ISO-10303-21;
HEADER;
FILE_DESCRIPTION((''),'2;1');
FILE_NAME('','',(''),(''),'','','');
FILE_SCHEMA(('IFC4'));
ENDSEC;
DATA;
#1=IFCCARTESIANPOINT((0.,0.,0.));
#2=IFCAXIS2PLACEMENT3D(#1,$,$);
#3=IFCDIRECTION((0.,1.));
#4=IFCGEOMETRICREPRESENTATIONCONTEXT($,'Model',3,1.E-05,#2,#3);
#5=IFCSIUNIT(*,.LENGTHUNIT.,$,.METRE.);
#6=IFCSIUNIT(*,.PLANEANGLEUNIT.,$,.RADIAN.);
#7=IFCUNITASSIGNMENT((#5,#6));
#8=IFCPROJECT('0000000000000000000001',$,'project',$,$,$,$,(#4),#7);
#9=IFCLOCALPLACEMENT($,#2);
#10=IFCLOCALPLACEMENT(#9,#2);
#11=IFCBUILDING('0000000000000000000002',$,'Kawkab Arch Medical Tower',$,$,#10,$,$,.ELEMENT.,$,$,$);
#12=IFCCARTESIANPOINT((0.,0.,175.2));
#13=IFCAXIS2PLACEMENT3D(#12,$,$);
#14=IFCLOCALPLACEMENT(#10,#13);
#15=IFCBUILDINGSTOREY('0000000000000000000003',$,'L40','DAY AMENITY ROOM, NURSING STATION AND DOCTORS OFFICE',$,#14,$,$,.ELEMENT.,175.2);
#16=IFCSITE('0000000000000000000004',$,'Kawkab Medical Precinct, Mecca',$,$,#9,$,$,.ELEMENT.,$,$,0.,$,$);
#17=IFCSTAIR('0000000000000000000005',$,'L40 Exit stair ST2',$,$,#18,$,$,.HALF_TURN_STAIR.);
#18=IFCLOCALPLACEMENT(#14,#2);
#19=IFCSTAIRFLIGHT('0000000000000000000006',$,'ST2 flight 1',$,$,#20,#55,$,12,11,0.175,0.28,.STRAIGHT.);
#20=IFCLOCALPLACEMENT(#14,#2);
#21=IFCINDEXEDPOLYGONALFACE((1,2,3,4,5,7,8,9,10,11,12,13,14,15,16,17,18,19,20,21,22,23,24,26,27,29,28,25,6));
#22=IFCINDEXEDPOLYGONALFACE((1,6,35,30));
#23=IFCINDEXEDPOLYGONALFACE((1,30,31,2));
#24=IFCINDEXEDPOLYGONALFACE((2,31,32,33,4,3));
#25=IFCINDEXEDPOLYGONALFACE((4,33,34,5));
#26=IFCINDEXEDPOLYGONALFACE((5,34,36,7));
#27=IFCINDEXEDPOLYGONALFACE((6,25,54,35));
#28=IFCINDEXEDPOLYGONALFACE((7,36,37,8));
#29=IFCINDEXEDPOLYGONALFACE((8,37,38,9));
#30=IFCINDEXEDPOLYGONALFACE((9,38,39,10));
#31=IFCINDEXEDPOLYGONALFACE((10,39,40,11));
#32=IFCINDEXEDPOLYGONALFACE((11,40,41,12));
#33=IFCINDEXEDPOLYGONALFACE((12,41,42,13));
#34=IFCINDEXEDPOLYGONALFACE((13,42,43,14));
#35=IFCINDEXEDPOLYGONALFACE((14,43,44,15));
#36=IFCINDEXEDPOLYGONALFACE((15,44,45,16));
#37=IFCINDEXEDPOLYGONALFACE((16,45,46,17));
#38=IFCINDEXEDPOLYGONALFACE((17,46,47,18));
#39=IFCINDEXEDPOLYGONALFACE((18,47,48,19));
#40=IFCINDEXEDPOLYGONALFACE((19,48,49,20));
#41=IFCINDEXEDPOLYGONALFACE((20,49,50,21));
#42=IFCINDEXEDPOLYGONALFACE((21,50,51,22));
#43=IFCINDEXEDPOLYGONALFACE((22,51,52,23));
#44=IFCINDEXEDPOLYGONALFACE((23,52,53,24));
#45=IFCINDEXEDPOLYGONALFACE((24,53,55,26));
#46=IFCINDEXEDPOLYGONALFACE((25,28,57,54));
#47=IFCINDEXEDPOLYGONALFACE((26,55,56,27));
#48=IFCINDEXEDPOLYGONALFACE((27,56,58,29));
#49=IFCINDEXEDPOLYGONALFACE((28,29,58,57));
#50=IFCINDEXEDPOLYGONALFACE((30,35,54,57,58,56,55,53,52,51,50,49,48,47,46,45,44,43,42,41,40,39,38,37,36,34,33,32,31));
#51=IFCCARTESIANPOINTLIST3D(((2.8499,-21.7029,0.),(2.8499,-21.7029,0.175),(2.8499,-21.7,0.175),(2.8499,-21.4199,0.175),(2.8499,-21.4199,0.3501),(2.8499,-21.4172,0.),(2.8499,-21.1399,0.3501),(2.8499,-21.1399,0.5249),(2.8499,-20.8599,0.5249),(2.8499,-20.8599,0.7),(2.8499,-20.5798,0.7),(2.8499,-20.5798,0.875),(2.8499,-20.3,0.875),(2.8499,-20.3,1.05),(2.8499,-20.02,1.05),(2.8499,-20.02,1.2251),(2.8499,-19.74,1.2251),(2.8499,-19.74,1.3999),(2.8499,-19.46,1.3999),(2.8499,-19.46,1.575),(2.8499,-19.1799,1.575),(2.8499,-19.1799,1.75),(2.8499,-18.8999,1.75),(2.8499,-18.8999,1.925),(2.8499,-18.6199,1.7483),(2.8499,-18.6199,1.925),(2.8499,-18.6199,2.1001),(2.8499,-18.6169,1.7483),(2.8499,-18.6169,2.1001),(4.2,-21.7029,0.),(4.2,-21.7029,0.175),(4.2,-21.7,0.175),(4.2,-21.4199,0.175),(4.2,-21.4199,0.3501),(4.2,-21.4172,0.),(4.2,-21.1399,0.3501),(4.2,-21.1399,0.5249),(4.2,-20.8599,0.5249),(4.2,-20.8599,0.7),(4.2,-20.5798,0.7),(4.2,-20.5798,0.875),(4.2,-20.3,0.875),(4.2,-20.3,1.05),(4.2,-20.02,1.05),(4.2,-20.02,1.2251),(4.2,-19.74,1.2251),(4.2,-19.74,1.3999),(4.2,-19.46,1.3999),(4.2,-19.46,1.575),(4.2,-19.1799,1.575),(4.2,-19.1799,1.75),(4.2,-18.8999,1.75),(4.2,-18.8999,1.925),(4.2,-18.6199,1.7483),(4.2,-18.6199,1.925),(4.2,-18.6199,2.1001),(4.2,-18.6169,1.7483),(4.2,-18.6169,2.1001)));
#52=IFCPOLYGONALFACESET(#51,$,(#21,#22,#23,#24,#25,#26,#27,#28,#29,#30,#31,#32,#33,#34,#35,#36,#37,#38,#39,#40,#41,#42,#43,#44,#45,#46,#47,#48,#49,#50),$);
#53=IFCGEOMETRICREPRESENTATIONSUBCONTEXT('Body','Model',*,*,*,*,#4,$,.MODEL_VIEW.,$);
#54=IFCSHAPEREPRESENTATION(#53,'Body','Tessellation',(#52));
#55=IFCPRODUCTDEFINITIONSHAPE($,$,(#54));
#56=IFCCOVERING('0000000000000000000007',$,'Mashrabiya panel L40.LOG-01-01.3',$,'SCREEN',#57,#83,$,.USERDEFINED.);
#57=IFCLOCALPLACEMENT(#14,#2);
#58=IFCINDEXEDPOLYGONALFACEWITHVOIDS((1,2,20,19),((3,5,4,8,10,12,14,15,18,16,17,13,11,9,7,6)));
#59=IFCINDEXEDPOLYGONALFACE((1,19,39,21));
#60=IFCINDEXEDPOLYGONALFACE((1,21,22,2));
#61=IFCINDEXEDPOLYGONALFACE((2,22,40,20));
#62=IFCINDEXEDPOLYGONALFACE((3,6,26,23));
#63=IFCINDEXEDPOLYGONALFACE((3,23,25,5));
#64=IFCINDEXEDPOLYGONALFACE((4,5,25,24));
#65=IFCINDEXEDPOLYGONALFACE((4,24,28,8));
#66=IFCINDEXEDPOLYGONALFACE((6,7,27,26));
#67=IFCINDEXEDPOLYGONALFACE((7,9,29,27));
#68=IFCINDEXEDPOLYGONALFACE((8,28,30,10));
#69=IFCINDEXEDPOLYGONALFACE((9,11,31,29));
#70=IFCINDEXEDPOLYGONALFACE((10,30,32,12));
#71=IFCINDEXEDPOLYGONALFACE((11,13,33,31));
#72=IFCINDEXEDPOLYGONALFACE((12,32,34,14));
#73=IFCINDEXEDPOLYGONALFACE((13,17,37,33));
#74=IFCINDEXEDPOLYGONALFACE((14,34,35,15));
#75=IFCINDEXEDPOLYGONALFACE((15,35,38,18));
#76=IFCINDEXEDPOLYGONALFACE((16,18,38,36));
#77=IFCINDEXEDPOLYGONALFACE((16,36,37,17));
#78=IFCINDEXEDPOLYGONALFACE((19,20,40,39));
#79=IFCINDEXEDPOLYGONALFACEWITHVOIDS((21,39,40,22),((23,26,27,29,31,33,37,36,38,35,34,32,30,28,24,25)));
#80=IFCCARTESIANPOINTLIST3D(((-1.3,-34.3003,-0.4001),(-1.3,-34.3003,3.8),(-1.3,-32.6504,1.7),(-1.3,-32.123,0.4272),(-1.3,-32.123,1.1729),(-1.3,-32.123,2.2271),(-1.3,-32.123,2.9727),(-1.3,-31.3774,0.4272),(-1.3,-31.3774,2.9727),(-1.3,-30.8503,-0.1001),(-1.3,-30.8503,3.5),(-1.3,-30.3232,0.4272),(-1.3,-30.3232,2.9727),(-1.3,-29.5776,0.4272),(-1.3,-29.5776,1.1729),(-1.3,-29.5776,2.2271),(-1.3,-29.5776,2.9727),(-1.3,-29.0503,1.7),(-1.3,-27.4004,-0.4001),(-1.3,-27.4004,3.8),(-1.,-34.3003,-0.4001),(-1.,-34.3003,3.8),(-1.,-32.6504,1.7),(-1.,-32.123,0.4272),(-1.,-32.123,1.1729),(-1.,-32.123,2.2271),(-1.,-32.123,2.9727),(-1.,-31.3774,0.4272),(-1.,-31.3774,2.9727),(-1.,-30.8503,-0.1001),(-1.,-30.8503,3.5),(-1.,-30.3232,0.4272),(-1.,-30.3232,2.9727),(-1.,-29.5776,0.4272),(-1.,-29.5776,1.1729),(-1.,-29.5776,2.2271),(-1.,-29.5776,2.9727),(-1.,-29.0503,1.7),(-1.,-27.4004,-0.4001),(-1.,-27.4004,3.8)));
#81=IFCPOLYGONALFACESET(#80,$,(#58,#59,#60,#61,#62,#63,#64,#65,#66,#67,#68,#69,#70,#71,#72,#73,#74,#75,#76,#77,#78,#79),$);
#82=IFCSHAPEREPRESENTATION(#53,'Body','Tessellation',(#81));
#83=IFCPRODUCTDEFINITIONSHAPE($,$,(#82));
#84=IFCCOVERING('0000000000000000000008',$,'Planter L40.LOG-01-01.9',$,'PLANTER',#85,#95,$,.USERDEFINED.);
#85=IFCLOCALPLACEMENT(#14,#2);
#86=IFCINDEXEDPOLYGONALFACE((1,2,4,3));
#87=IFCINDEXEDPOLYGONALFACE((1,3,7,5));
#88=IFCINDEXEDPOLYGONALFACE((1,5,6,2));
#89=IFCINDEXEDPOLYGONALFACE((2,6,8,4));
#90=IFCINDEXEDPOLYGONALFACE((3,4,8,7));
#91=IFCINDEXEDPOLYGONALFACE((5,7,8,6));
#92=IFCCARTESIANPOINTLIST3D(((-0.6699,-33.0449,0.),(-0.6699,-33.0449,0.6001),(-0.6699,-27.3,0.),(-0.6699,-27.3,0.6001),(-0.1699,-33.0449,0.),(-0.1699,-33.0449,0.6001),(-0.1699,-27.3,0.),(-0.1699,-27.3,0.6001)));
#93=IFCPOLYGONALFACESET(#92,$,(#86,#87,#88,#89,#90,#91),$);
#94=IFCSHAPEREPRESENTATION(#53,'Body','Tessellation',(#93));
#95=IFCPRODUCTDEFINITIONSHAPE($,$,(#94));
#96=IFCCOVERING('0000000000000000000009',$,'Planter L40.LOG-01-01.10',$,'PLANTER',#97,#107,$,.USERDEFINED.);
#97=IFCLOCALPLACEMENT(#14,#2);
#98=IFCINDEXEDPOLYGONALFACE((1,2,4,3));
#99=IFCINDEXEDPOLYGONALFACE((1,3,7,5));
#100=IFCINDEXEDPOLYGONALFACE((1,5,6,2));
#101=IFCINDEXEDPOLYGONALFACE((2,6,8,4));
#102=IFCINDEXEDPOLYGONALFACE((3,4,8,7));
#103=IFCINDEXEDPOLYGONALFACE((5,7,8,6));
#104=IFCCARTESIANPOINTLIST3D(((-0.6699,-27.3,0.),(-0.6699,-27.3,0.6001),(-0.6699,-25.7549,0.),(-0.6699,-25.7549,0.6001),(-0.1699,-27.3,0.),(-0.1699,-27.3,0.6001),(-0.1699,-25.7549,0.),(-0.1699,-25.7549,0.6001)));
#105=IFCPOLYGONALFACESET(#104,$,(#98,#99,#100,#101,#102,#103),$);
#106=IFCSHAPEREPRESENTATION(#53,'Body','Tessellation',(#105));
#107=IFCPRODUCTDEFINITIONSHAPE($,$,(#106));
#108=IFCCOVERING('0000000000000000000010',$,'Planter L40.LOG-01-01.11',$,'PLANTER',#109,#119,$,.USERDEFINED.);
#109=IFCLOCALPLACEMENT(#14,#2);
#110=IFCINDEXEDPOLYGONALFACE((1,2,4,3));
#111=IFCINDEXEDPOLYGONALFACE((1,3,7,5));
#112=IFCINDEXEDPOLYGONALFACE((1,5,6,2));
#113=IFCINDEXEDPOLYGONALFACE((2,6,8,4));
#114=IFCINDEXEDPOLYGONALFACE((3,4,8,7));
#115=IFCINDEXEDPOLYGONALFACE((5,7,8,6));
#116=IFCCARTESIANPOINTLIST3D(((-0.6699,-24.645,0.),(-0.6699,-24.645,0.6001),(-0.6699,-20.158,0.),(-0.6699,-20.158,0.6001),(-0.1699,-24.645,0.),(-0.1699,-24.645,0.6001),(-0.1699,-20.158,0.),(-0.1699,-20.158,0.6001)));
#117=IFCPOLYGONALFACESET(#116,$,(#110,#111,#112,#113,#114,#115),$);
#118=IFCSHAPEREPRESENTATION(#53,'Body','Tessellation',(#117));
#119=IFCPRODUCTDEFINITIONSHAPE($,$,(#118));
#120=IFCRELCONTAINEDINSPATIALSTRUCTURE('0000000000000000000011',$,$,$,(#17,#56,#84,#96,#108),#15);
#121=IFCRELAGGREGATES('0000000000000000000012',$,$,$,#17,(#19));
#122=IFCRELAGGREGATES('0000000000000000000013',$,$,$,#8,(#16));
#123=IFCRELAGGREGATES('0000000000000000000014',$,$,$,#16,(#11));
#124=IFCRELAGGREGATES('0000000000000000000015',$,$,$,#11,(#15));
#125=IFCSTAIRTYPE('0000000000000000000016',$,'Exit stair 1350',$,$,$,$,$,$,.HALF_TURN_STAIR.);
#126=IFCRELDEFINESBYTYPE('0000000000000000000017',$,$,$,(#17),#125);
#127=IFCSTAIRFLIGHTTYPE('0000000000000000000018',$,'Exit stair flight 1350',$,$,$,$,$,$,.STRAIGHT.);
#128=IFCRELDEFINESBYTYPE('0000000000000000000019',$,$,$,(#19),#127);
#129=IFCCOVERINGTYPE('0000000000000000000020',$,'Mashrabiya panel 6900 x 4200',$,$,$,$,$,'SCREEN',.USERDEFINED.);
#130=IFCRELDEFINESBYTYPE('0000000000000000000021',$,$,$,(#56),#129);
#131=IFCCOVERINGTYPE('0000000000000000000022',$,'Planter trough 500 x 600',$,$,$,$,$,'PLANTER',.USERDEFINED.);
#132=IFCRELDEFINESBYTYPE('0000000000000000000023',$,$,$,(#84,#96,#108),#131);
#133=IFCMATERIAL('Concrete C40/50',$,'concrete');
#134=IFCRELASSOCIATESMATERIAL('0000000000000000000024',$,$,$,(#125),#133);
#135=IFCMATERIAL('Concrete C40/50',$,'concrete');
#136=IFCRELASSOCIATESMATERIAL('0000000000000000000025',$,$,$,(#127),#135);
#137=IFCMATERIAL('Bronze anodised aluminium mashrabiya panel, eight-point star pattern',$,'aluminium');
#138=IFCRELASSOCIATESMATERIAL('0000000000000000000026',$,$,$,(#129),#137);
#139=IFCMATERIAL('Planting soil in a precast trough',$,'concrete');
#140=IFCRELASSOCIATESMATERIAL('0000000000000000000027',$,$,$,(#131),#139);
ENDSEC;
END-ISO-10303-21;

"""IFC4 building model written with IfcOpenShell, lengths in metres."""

from ifc_helpers import new_model, si_unit, direction, frame, origin, origin_2d, place, context, subcontext, project, spatial, polyline, rectangle, outline, extrude, material, material_profile, profile_set, type_object, element, aggregate, save


model = new_model("IFC4")

# Units and contexts
model_context = context("Model", 3, precision=1e-05, world=origin(), true_north=direction((0.0, 1.0)))
body_context = subcontext(model_context, "Body", "Model", "MODEL_VIEW")
ifc_project = project(units=[si_unit("LENGTHUNIT", "METRE"), si_unit("PLANEANGLEUNIT", "RADIAN")], contexts=[model_context])

# Site, building, storey
site_placement = place(None, origin())
site = spatial("IfcSite", under=ifc_project, at=site_placement, Name="Kawkab Medical Precinct, Mecca", CompositionType="ELEMENT", RefElevation=0.0)
building_placement = place(site_placement, origin())
building = spatial("IfcBuilding", under=site, at=building_placement, Name="Kawkab Arch Medical Tower", CompositionType="ELEMENT")
storey_placement = place(building_placement, frame((0.0, 0.0, 175.2)))
storey = spatial("IfcBuildingStorey", under=building, at=storey_placement, Name="L40", Description="DAY AMENITY ROOM, NURSING STATION AND DOCTORS OFFICE", CompositionType="ELEMENT", Elevation=175.2)

# Shared definitions
placement = place(storey_placement, origin())

# Stair, stair flight
ifc_material_1 = material(Name="Concrete C40/50", Category="concrete")
stair_type = type_object("IfcStairType", Name="Exit stair 1350", PredefinedType="HALF_TURN_STAIR", material=ifc_material_1)
stair = element("IfcStair", 1, at=placement, inside=storey, type_object=stair_type, Name="L40 Exit stair ST2", PredefinedType="HALF_TURN_STAIR")
ifc_material_2 = material(Name="Concrete C40/50", Category="concrete")
stair_flight_type = type_object("IfcStairFlightType", Name="Exit stair flight 1350", PredefinedType="STRAIGHT", material=ifc_material_2)
stair_flight_placement = place(storey_placement, frame((3.5249, -21.7, 0.0), z_axis=(0.0, 0.0, 1.0), x_axis=(0.0, 1.0, 0.0)))
stair_flight = element("IfcStairFlight", 2, at=stair_flight_placement, type_object=stair_flight_type, Name="ST2 flight 1", NumberOfRisers=12, NumberOfTreads=11, PredefinedType="STRAIGHT", RiserHeight=0.175, TreadLength=0.28, context=body_context, shape_type="SweptSolid", body=[
    extrude(outline(polyline([(-0.0029, 0.0), (-0.0029, 0.175), (0.0, 0.175), (0.28, 0.175), (0.28, 0.3501), (0.5601, 0.3501), (0.5601, 0.5249), (0.8401, 0.5249), (0.8401, 0.7), (1.1201, 0.7), (1.1201, 0.875), (1.3999, 0.875), (1.3999, 1.05), (1.6799, 1.05), (1.6799, 1.2251), (1.96, 1.2251), (1.96, 1.3999), (2.24, 1.3999), (2.24, 1.575), (2.52, 1.575), (2.52, 1.75), (2.8, 1.75), (2.8, 1.925), (3.0801, 1.925), (3.0801, 2.1001), (3.083, 2.1001), (3.083, 1.7483), (3.0801, 1.7483), (0.2827, 0.0), (-0.0029, 0.0)])), frame((0.0, 0.675, 0.0), z_axis=(0.0, -1.0, 0.0), x_axis=(1.0, 0.0, 0.0)), (0.0, 0.0, 1.0), 1.3501),
])
aggregate(stair, [stair_flight])

# Coverings
ifc_material_3 = material(Name="Bronze anodised aluminium mashrabiya panel, eight-point star pattern", Category="aluminium")
ifc_material_profile_1 = material_profile(ifc_material_3, outline(polyline([(-3.45, -2.1001), (3.45, -2.1001), (3.45, 2.1001), (-3.45, 2.1001), (-3.45, -2.1001)]), holes=[polyline([(1.8, 0.0), (1.2727, 0.5271), (1.2727, 1.2727), (0.5271, 1.2727), (0.0, 1.8), (-0.5271, 1.2727), (-1.2727, 1.2727), (-1.2727, 0.5271), (-1.8, 0.0), (-1.2727, -0.5271), (-1.2727, -1.2727), (-0.5271, -1.2727), (0.0, -1.8), (0.5271, -1.2727), (1.2727, -1.2727), (1.2727, -0.5271), (1.8, 0.0)])]), Name="Mashrabiya panel 6900x4200")
ifc_profile_set_1 = profile_set([ifc_material_profile_1], Name="Bronze anodised aluminium mashrabiya panel, eight-point star pattern")
covering_type_1 = type_object("IfcCoveringType", Name="Mashrabiya panel 6900 x 4200", ElementType="SCREEN", PredefinedType="USERDEFINED", material=ifc_profile_set_1)
covering_1_placement = place(storey_placement, frame((-1.0, -30.8503, 1.7), z_axis=(-1.0, 0.0, 0.0), x_axis=(0.0, -1.0, 0.0)))
element("IfcCovering", 3, at=covering_1_placement, inside=storey, type_object=covering_type_1, Name="Mashrabiya panel L40.LOG-01-01.3", ObjectType="SCREEN", PredefinedType="USERDEFINED", context=body_context, shape_type="SweptSolid", body=[
    extrude(outline(polyline([(-3.45, -2.1001), (3.45, -2.1001), (3.45, 2.1001), (-3.45, 2.1001), (-3.45, -2.1001)]), holes=[polyline([(1.8, 0.0), (1.2727, 0.5271), (1.2727, 1.2727), (0.5271, 1.2727), (0.0, 1.8), (-0.5271, 1.2727), (-1.2727, 1.2727), (-1.2727, 0.5271), (-1.8, 0.0), (-1.2727, -0.5271), (-1.2727, -1.2727), (-0.5271, -1.2727), (0.0, -1.8), (0.5271, -1.2727), (1.2727, -1.2727), (1.2727, -0.5271), (1.8, 0.0)])]), origin(), (0.0, 0.0, 1.0), 0.3),
])
ifc_material_4 = material(Name="Planting soil in a precast trough", Category="concrete")
ifc_material_profile_2 = material_profile(ifc_material_4, rectangle(XDim=0.5, YDim=0.6001, at=origin_2d()), Name="Trough 500x600")
ifc_profile_set_2 = profile_set([ifc_material_profile_2], Name="Planting soil in a precast trough")
covering_type_2 = type_object("IfcCoveringType", Name="Planter trough 500 x 600", ElementType="PLANTER", PredefinedType="USERDEFINED", material=ifc_profile_set_2)
covering_2_placement = place(storey_placement, frame((-0.4199, -33.0449, 0.3), z_axis=(0.0, 1.0, 0.0), x_axis=(-1.0, 0.0, 0.0)))
element("IfcCovering", 4, at=covering_2_placement, inside=storey, type_object=covering_type_2, Name="Planter L40.LOG-01-01.9", ObjectType="PLANTER", PredefinedType="USERDEFINED", context=body_context, shape_type="SweptSolid", body=[
    extrude(rectangle(XDim=0.5, YDim=0.6001, at=origin_2d()), origin(), (0.0, 0.0, 1.0), 5.7449),
])
covering_3_placement = place(storey_placement, frame((-0.4199, -27.3, 0.3), z_axis=(0.0, 1.0, 0.0), x_axis=(-1.0, 0.0, 0.0)))
element("IfcCovering", 5, at=covering_3_placement, inside=storey, type_object=covering_type_2, Name="Planter L40.LOG-01-01.10", ObjectType="PLANTER", PredefinedType="USERDEFINED", context=body_context, shape_type="SweptSolid", body=[
    extrude(rectangle(XDim=0.5, YDim=0.6001, at=origin_2d()), origin(), (0.0, 0.0, 1.0), 1.5452),
])
covering_4_placement = place(storey_placement, frame((-0.4199, -24.645, 0.3), z_axis=(0.0, 1.0, 0.0), x_axis=(-1.0, 0.0, 0.0)))
element("IfcCovering", 6, at=covering_4_placement, inside=storey, type_object=covering_type_2, Name="Planter L40.LOG-01-01.11", ObjectType="PLANTER", PredefinedType="USERDEFINED", context=body_context, shape_type="SweptSolid", body=[
    extrude(rectangle(XDim=0.5, YDim=0.6001, at=origin_2d()), origin(), (0.0, 0.0, 1.0), 4.4871),
])

save(model, "model.ifc")
